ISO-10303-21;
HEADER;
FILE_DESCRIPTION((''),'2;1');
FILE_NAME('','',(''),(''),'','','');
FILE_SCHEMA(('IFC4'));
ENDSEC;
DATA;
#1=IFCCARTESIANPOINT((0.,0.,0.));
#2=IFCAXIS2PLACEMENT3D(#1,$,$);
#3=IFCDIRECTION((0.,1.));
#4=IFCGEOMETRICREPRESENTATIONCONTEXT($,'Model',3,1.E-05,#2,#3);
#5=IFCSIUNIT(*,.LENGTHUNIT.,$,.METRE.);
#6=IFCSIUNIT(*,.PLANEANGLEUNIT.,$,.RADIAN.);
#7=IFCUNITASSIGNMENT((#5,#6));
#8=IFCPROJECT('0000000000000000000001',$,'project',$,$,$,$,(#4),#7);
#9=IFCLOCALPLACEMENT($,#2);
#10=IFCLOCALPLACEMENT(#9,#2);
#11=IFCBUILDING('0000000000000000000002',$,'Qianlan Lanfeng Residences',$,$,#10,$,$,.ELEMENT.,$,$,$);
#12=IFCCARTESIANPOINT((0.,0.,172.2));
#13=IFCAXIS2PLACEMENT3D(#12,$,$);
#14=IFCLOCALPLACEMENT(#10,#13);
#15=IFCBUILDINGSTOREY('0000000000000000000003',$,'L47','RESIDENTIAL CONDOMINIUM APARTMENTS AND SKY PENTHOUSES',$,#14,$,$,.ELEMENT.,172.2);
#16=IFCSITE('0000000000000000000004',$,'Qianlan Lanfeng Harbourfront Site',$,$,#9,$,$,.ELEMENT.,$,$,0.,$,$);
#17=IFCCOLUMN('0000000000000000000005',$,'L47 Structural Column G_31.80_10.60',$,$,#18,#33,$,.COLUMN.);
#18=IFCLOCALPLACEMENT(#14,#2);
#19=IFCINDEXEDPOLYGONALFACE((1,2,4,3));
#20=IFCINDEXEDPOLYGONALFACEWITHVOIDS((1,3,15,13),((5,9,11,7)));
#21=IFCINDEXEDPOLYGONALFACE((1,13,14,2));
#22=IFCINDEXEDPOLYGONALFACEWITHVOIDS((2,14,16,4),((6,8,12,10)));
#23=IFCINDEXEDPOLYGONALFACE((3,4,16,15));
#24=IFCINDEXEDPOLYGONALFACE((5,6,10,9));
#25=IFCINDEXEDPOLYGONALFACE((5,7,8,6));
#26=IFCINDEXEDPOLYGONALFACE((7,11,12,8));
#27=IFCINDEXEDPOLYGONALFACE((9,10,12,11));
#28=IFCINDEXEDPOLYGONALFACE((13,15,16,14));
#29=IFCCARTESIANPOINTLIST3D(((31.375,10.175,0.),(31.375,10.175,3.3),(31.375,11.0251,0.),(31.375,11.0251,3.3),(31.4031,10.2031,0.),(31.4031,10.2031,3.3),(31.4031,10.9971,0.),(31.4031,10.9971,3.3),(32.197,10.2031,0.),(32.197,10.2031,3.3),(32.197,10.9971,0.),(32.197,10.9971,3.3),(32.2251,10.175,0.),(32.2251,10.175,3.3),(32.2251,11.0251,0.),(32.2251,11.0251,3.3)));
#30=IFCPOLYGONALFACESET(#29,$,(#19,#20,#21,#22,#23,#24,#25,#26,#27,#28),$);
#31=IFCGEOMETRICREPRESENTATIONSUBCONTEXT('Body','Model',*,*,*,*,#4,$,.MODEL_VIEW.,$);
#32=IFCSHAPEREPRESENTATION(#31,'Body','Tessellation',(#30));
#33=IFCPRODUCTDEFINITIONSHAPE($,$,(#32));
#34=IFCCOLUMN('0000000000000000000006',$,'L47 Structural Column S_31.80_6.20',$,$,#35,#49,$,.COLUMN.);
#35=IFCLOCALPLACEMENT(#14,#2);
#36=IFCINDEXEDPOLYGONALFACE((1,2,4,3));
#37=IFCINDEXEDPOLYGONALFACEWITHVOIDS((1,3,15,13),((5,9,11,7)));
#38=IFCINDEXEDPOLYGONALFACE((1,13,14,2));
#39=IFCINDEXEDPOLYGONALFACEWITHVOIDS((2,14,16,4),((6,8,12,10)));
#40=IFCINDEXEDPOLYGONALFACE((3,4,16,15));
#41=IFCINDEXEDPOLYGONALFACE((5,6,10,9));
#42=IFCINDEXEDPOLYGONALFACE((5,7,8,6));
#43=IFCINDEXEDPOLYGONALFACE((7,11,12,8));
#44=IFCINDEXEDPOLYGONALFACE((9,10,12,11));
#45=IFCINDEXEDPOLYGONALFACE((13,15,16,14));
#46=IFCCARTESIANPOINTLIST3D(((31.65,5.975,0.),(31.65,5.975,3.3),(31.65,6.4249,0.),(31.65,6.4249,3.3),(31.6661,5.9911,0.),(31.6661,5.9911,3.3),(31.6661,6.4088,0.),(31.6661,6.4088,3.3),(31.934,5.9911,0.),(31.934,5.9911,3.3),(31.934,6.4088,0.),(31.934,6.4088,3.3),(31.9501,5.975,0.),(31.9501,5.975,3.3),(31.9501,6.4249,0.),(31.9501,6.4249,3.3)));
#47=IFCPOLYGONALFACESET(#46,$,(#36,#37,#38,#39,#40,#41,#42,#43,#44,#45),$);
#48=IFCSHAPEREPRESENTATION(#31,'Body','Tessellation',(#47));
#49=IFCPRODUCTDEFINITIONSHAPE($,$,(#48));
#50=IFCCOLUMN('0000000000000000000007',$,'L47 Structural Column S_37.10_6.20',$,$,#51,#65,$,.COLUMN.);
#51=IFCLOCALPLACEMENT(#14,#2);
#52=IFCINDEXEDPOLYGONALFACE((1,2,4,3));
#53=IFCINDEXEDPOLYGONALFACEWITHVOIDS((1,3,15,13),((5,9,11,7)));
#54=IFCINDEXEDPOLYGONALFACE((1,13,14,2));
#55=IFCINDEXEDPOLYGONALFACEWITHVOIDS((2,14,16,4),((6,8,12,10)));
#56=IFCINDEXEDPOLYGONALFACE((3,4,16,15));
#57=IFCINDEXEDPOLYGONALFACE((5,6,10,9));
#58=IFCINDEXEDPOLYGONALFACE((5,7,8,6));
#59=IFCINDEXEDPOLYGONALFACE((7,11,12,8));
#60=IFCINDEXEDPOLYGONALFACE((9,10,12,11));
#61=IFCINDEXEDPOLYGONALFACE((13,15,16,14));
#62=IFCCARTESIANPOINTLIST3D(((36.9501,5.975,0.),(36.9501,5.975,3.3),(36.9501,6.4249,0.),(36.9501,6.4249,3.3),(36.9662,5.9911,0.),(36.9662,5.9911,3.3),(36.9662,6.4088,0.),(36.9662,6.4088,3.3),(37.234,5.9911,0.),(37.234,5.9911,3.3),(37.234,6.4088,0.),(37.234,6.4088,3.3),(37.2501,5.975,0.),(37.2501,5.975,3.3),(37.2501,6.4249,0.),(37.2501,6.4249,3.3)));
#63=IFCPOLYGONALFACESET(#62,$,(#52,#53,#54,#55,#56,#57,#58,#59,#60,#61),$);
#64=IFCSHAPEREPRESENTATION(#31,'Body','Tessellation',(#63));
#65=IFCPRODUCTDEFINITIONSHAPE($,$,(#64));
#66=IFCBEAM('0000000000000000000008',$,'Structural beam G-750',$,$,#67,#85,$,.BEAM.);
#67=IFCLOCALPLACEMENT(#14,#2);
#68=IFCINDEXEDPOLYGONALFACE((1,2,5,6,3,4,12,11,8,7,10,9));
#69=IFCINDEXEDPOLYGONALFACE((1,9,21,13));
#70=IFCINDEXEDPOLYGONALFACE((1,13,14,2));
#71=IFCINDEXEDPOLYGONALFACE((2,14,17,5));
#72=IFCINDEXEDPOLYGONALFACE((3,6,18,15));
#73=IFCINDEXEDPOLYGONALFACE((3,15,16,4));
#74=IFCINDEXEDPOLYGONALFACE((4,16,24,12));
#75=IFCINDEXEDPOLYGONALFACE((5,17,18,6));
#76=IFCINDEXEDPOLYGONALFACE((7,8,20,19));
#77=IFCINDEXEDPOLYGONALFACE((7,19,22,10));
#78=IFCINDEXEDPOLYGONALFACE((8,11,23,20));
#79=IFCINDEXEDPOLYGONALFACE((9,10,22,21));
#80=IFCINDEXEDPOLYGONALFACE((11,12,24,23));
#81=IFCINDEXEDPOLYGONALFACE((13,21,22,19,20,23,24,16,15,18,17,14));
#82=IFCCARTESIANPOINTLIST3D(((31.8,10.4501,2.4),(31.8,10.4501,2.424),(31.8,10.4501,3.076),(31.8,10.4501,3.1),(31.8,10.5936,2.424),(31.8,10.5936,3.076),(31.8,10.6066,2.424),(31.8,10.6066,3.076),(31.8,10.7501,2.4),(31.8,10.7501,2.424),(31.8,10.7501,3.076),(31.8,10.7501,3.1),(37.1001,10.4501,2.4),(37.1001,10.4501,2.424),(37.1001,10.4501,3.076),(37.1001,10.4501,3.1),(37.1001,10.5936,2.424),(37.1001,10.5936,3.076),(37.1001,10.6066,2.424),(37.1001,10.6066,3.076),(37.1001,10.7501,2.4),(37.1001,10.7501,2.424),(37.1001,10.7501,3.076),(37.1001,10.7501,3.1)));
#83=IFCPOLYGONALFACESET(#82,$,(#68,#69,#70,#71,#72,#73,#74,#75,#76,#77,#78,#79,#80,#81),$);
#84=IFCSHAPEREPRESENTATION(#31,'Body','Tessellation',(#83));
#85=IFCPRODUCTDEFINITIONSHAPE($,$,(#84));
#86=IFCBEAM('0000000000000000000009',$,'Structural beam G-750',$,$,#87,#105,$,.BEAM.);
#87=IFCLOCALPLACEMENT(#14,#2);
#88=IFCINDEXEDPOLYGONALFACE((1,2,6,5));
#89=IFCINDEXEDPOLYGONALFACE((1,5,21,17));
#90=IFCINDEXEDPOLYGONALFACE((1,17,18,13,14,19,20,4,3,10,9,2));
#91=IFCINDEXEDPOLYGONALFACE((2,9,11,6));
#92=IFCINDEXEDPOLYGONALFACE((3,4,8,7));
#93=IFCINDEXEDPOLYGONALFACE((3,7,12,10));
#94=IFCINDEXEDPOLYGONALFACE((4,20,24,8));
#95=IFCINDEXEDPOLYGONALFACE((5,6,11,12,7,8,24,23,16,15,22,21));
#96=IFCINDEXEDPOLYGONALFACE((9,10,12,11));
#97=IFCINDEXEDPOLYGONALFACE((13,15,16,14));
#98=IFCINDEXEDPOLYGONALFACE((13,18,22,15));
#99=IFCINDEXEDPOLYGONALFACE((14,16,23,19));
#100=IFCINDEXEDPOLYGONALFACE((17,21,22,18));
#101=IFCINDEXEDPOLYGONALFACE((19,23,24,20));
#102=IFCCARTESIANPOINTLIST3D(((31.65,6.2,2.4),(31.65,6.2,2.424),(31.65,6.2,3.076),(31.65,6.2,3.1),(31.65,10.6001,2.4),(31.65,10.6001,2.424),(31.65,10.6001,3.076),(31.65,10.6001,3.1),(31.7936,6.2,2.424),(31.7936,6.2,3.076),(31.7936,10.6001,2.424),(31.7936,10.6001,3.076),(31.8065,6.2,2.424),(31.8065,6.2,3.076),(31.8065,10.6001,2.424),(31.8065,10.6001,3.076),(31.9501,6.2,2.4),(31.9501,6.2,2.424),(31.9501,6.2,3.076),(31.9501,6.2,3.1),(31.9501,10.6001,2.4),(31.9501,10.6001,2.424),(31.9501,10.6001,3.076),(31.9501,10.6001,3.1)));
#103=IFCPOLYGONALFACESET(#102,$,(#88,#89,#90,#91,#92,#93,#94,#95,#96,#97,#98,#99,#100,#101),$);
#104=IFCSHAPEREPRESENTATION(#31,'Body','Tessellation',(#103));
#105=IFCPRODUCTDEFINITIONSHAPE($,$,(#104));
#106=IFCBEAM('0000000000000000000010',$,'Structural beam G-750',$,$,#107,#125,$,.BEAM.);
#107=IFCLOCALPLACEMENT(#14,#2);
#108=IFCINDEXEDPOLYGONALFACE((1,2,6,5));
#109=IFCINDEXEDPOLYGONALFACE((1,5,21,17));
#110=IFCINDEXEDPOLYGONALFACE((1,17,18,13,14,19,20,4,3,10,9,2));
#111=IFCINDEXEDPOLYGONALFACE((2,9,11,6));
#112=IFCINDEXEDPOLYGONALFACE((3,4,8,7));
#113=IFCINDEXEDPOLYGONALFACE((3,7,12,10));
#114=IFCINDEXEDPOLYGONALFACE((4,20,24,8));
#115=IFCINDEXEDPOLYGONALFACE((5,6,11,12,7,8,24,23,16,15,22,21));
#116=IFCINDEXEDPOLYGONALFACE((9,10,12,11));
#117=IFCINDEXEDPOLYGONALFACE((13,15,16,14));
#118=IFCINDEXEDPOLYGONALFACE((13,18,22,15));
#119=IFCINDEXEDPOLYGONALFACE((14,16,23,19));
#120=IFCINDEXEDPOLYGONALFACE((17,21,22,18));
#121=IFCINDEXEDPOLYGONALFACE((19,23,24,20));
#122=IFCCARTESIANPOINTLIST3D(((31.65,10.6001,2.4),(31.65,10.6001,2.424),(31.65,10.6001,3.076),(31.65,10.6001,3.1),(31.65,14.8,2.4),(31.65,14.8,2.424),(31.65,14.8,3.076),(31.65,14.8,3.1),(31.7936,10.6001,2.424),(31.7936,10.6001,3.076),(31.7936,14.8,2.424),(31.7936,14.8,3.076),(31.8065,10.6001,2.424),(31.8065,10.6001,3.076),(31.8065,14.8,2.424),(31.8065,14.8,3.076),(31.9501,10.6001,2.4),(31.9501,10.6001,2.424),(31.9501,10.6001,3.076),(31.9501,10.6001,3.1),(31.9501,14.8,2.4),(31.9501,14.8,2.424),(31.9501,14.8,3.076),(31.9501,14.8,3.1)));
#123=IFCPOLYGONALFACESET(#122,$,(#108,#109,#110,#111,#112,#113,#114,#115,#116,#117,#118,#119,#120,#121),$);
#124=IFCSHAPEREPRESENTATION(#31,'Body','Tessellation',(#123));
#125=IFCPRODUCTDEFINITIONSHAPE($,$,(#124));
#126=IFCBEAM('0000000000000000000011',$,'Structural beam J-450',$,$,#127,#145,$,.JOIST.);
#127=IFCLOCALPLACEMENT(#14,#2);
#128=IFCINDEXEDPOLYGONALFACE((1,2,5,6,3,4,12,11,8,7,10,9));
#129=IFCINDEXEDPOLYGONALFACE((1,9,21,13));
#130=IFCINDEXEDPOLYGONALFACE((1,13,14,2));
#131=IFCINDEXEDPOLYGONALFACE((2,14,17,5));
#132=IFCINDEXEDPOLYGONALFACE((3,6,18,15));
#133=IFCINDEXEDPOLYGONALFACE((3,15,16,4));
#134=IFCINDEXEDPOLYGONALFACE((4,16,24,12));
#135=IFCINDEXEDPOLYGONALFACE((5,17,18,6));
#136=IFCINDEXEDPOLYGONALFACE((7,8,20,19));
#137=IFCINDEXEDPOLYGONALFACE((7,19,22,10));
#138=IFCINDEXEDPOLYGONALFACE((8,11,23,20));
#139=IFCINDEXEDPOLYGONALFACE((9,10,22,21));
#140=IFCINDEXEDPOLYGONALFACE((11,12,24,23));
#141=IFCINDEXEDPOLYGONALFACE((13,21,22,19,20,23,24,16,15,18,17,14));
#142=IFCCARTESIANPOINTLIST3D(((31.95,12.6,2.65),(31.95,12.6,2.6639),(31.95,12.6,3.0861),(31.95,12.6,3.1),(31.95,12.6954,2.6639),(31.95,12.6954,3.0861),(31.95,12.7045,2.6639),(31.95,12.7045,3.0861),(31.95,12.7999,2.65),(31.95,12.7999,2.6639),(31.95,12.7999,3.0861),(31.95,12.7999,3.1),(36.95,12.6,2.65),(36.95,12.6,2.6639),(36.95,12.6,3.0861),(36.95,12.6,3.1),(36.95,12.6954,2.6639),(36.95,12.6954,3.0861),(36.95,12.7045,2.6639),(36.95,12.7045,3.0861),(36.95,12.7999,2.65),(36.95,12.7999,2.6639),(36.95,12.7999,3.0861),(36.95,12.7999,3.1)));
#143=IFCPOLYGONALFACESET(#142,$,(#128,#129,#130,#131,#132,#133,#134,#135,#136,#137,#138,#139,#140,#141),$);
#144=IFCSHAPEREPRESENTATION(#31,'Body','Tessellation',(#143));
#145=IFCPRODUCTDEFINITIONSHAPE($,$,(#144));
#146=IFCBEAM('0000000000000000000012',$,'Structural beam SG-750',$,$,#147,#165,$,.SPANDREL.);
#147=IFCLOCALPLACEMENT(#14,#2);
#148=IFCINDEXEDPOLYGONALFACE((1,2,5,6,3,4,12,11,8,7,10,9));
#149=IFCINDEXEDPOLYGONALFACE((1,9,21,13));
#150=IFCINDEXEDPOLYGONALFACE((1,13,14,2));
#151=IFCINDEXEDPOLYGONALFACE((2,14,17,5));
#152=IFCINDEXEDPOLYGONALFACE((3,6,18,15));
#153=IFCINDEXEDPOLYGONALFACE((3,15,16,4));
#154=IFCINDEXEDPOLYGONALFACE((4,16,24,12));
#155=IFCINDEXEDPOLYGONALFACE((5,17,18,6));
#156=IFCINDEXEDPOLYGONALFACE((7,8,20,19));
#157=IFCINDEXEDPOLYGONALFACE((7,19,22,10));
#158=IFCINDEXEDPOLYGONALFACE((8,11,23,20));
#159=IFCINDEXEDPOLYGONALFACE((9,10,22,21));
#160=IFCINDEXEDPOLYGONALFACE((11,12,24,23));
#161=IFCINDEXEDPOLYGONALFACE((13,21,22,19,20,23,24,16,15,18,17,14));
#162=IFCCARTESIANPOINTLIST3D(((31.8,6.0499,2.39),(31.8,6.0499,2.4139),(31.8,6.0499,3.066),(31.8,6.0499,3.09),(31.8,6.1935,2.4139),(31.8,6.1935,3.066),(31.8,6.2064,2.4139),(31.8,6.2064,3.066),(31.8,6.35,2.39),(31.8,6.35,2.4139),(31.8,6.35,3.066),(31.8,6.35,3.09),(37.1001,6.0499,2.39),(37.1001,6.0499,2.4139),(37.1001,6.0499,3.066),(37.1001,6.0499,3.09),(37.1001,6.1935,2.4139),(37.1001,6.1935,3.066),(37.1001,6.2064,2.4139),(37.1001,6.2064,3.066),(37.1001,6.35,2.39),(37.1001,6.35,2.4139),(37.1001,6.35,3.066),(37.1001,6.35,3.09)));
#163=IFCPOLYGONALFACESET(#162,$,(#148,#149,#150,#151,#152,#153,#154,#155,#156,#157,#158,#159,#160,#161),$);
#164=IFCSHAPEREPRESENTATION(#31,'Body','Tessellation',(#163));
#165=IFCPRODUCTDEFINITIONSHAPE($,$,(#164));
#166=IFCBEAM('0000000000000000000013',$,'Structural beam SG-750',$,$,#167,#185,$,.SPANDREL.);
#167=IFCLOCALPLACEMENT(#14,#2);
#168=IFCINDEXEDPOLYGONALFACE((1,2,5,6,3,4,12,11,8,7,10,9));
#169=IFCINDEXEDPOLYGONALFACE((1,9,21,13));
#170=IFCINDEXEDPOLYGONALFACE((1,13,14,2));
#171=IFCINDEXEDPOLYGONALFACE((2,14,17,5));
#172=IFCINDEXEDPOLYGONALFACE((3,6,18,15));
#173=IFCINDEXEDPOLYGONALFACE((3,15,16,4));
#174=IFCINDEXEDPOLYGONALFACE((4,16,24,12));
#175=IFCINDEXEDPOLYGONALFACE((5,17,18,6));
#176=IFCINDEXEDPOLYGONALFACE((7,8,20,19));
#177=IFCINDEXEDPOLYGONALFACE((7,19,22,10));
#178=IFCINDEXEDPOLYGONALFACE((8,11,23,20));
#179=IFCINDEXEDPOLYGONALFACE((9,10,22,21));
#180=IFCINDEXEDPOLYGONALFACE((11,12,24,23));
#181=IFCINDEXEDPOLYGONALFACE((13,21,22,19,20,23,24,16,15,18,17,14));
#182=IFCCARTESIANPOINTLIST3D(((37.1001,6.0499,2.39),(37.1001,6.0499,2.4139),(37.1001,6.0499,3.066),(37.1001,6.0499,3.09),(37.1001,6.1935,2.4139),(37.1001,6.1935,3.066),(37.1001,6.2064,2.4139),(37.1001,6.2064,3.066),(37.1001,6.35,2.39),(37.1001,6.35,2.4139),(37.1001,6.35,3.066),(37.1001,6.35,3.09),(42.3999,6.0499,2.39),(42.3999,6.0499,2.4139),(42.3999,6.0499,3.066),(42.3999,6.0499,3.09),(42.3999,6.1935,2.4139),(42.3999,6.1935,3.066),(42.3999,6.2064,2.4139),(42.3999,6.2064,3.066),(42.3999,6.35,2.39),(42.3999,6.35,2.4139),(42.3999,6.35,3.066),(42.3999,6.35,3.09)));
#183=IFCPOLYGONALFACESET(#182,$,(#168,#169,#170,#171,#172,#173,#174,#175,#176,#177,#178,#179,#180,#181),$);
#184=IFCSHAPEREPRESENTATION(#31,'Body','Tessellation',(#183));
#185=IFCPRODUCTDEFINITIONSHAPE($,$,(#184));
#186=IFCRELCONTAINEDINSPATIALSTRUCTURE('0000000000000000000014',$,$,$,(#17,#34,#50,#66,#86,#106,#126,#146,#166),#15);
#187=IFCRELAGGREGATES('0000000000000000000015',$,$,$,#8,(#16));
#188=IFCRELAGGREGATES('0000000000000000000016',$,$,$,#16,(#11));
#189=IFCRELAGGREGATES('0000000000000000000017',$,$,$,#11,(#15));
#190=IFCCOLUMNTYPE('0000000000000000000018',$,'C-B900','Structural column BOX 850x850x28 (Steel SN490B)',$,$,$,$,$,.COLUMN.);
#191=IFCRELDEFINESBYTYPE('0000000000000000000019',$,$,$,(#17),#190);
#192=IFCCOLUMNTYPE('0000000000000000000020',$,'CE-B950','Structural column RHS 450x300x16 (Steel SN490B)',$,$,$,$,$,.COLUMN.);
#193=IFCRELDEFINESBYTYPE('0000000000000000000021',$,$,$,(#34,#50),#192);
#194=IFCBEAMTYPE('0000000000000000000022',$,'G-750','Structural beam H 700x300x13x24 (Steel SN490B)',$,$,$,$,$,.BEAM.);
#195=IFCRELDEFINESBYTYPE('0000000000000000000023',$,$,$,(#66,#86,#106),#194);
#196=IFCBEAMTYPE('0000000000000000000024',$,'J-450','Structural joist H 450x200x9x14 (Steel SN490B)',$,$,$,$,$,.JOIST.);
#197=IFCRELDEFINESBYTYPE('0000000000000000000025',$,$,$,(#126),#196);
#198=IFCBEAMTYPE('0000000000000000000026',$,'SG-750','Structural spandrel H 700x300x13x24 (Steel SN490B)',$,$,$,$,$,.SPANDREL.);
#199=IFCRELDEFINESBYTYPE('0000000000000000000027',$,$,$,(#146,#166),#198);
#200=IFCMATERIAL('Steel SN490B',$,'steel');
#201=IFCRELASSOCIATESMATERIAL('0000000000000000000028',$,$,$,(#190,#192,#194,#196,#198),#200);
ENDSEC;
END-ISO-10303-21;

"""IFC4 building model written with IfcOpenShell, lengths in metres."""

from ifc_helpers import new_model, si_unit, direction, frame, origin, origin_2d, place, context, subcontext, project, spatial, hollow_rectangle, i_section, extrude, material, material_profile, profile_set, type_object, element, save


model = new_model("IFC4")

# Units and contexts
model_context = context("Model", 3, precision=1e-05, world=origin(), true_north=direction((0.0, 1.0)))
body_context = subcontext(model_context, "Body", "Model", "MODEL_VIEW")
ifc_project = project(units=[si_unit("LENGTHUNIT", "METRE"), si_unit("PLANEANGLEUNIT", "RADIAN")], contexts=[model_context])

# Site, building, storey
site_placement = place(None, origin())
site = spatial("IfcSite", under=ifc_project, at=site_placement, Name="Qianlan Lanfeng Harbourfront Site", CompositionType="ELEMENT", RefElevation=0.0)
building_placement = place(site_placement, origin())
building = spatial("IfcBuilding", under=site, at=building_placement, Name="Qianlan Lanfeng Residences", CompositionType="ELEMENT")
storey_placement = place(building_placement, frame((0.0, 0.0, 172.2)))
storey = spatial("IfcBuildingStorey", under=building, at=storey_placement, Name="L47", Description="RESIDENTIAL CONDOMINIUM APARTMENTS AND SKY PENTHOUSES", CompositionType="ELEMENT", Elevation=172.2)

# Columns
ifc_material_1 = material(Name="Steel SN490B", Category="steel")
ifc_material_profile_1 = material_profile(ifc_material_1, hollow_rectangle(XDim=0.8501, YDim=0.8501, WallThickness=0.0281, at=origin_2d()), Name="BOX 850x850x28")
ifc_profile_set_1 = profile_set([ifc_material_profile_1], Name="Steel SN490B")
column_type_1 = type_object("IfcColumnType", Name="C-B900", Description="Structural column BOX 850x850x28 (Steel SN490B)", PredefinedType="COLUMN", material=ifc_profile_set_1)
column_placement = place(storey_placement, frame((31.8, 10.6001, 0.0), z_axis=(0.0, 0.0, 1.0), x_axis=(1.0, 0.0, 0.0)))
element("IfcColumn", 1, at=column_placement, inside=storey, type_object=column_type_1, Name="L47 Structural Column G_31.80_10.60", PredefinedType="COLUMN", context=body_context, shape_type="SweptSolid", body=[
    extrude(hollow_rectangle(XDim=0.8501, YDim=0.8501, WallThickness=0.0281, at=origin_2d()), origin(), (0.0, 0.0, 1.0), 3.3),
])
ifc_material_profile_2 = material_profile(ifc_material_1, hollow_rectangle(XDim=0.3, YDim=0.45, WallThickness=0.0161, at=origin_2d()), Name="RHS 450x300x16")
ifc_profile_set_2 = profile_set([ifc_material_profile_2], Name="Steel SN490B")
column_type_2 = type_object("IfcColumnType", Name="CE-B950", Description="Structural column RHS 450x300x16 (Steel SN490B)", PredefinedType="COLUMN", material=ifc_profile_set_2)
for number, where, z_axis, x_axis, name in (
    (2, (31.8, 6.2, 0.0), (0.0, 0.0, 1.0), (1.0, 0.0, 0.0), "L47 Structural Column S_31.80_6.20"),
    (3, (37.1001, 6.2, 0.0), (0.0, 0.0, 1.0), (1.0, 0.0, 0.0), "L47 Structural Column S_37.10_6.20"),
):
    element("IfcColumn", number, at=place(storey_placement, frame(where, z_axis=z_axis, x_axis=x_axis)), inside=storey, type_object=column_type_2, Name=name, PredefinedType="COLUMN", context=body_context, shape_type="SweptSolid", body=[
        extrude(hollow_rectangle(XDim=0.3, YDim=0.45, WallThickness=0.0161, at=origin_2d()), origin(), (0.0, 0.0, 1.0), 3.3),
    ])

# Beams
ifc_material_profile_3 = material_profile(ifc_material_1, i_section(OverallWidth=0.3, OverallDepth=0.7, WebThickness=0.0129, FlangeThickness=0.0239, at=origin_2d()), Name="H 700x300x13x24")
ifc_profile_set_3 = profile_set([ifc_material_profile_3], Name="Steel SN490B")
beam_type_1 = type_object("IfcBeamType", Name="G-750", Description="Structural beam H 700x300x13x24 (Steel SN490B)", PredefinedType="BEAM", material=ifc_profile_set_3)
beam_1_placement = place(storey_placement, frame((31.8, 10.6001, 2.75), z_axis=(1.0, 0.0, 0.0), x_axis=(0.0, 1.0, 0.0)))
element("IfcBeam", 4, at=beam_1_placement, inside=storey, type_object=beam_type_1, Name="Structural beam G-750", PredefinedType="BEAM", context=body_context, shape_type="SweptSolid", body=[
    extrude(i_section(OverallWidth=0.3, OverallDepth=0.7, WebThickness=0.0129, FlangeThickness=0.0239, at=origin_2d()), origin(), (0.0, 0.0, 1.0), 5.3),
])
beam_2_placement = place(storey_placement, frame((31.8, 6.2, 2.75), z_axis=(0.0, 1.0, 0.0), x_axis=(-1.0, 0.0, 0.0)))
element("IfcBeam", 5, at=beam_2_placement, inside=storey, type_object=beam_type_1, Name="Structural beam G-750", PredefinedType="BEAM", context=body_context, shape_type="SweptSolid", body=[
    extrude(i_section(OverallWidth=0.3, OverallDepth=0.7, WebThickness=0.0129, FlangeThickness=0.0239, at=origin_2d()), origin(), (0.0, 0.0, 1.0), 4.4001),
])
beam_3_placement = place(storey_placement, frame((31.8, 10.6001, 2.75), z_axis=(0.0, 1.0, 0.0), x_axis=(-1.0, 0.0, 0.0)))
element("IfcBeam", 6, at=beam_3_placement, inside=storey, type_object=beam_type_1, Name="Structural beam G-750", PredefinedType="BEAM", context=body_context, shape_type="SweptSolid", body=[
    extrude(i_section(OverallWidth=0.3, OverallDepth=0.7, WebThickness=0.0129, FlangeThickness=0.0239, at=origin_2d()), origin(), (0.0, 0.0, 1.0), 4.2),
])
ifc_material_profile_4 = material_profile(ifc_material_1, i_section(OverallWidth=0.2, OverallDepth=0.45, WebThickness=0.009, FlangeThickness=0.0139, at=origin_2d()), Name="H 450x200x9x14")
ifc_profile_set_4 = profile_set([ifc_material_profile_4], Name="Steel SN490B")
beam_type_2 = type_object("IfcBeamType", Name="J-450", Description="Structural joist H 450x200x9x14 (Steel SN490B)", PredefinedType="JOIST", material=ifc_profile_set_4)
beam_4_placement = place(storey_placement, frame((31.95, 12.7, 2.875), z_axis=(1.0, 0.0, 0.0), x_axis=(0.0, 1.0, 0.0)))
element("IfcBeam", 7, at=beam_4_placement, inside=storey, type_object=beam_type_2, Name="Structural beam J-450", PredefinedType="JOIST", context=body_context, shape_type="SweptSolid", body=[
    extrude(i_section(OverallWidth=0.2, OverallDepth=0.45, WebThickness=0.009, FlangeThickness=0.0139, at=origin_2d()), origin(), (0.0, 0.0, 1.0), 5.0),
])
ifc_material_profile_5 = material_profile(ifc_material_1, i_section(OverallWidth=0.3, OverallDepth=0.7, WebThickness=0.0129, FlangeThickness=0.0239, at=origin_2d()), Name="H 700x300x13x24")
ifc_profile_set_5 = profile_set([ifc_material_profile_5], Name="Steel SN490B")
beam_type_3 = type_object("IfcBeamType", Name="SG-750", Description="Structural spandrel H 700x300x13x24 (Steel SN490B)", PredefinedType="SPANDREL", material=ifc_profile_set_5)
beam_5_placement = place(storey_placement, frame((31.8, 6.2, 2.74), z_axis=(1.0, 0.0, 0.0), x_axis=(0.0, 1.0, 0.0)))
element("IfcBeam", 8, at=beam_5_placement, inside=storey, type_object=beam_type_3, Name="Structural beam SG-750", PredefinedType="SPANDREL", context=body_context, shape_type="SweptSolid", body=[
    extrude(i_section(OverallWidth=0.3, OverallDepth=0.7, WebThickness=0.0129, FlangeThickness=0.0239, at=origin_2d()), origin(), (0.0, 0.0, 1.0), 5.3),
])
beam_6_placement = place(storey_placement, frame((37.1001, 6.2, 2.74), z_axis=(1.0, 0.0, 0.0), x_axis=(0.0, 1.0, 0.0)))
element("IfcBeam", 9, at=beam_6_placement, inside=storey, type_object=beam_type_3, Name="Structural beam SG-750", PredefinedType="SPANDREL", context=body_context, shape_type="SweptSolid", body=[
    extrude(i_section(OverallWidth=0.3, OverallDepth=0.7, WebThickness=0.0129, FlangeThickness=0.0239, at=origin_2d()), origin(), (0.0, 0.0, 1.0), 5.2998),
])

save(model, "model.ifc")
